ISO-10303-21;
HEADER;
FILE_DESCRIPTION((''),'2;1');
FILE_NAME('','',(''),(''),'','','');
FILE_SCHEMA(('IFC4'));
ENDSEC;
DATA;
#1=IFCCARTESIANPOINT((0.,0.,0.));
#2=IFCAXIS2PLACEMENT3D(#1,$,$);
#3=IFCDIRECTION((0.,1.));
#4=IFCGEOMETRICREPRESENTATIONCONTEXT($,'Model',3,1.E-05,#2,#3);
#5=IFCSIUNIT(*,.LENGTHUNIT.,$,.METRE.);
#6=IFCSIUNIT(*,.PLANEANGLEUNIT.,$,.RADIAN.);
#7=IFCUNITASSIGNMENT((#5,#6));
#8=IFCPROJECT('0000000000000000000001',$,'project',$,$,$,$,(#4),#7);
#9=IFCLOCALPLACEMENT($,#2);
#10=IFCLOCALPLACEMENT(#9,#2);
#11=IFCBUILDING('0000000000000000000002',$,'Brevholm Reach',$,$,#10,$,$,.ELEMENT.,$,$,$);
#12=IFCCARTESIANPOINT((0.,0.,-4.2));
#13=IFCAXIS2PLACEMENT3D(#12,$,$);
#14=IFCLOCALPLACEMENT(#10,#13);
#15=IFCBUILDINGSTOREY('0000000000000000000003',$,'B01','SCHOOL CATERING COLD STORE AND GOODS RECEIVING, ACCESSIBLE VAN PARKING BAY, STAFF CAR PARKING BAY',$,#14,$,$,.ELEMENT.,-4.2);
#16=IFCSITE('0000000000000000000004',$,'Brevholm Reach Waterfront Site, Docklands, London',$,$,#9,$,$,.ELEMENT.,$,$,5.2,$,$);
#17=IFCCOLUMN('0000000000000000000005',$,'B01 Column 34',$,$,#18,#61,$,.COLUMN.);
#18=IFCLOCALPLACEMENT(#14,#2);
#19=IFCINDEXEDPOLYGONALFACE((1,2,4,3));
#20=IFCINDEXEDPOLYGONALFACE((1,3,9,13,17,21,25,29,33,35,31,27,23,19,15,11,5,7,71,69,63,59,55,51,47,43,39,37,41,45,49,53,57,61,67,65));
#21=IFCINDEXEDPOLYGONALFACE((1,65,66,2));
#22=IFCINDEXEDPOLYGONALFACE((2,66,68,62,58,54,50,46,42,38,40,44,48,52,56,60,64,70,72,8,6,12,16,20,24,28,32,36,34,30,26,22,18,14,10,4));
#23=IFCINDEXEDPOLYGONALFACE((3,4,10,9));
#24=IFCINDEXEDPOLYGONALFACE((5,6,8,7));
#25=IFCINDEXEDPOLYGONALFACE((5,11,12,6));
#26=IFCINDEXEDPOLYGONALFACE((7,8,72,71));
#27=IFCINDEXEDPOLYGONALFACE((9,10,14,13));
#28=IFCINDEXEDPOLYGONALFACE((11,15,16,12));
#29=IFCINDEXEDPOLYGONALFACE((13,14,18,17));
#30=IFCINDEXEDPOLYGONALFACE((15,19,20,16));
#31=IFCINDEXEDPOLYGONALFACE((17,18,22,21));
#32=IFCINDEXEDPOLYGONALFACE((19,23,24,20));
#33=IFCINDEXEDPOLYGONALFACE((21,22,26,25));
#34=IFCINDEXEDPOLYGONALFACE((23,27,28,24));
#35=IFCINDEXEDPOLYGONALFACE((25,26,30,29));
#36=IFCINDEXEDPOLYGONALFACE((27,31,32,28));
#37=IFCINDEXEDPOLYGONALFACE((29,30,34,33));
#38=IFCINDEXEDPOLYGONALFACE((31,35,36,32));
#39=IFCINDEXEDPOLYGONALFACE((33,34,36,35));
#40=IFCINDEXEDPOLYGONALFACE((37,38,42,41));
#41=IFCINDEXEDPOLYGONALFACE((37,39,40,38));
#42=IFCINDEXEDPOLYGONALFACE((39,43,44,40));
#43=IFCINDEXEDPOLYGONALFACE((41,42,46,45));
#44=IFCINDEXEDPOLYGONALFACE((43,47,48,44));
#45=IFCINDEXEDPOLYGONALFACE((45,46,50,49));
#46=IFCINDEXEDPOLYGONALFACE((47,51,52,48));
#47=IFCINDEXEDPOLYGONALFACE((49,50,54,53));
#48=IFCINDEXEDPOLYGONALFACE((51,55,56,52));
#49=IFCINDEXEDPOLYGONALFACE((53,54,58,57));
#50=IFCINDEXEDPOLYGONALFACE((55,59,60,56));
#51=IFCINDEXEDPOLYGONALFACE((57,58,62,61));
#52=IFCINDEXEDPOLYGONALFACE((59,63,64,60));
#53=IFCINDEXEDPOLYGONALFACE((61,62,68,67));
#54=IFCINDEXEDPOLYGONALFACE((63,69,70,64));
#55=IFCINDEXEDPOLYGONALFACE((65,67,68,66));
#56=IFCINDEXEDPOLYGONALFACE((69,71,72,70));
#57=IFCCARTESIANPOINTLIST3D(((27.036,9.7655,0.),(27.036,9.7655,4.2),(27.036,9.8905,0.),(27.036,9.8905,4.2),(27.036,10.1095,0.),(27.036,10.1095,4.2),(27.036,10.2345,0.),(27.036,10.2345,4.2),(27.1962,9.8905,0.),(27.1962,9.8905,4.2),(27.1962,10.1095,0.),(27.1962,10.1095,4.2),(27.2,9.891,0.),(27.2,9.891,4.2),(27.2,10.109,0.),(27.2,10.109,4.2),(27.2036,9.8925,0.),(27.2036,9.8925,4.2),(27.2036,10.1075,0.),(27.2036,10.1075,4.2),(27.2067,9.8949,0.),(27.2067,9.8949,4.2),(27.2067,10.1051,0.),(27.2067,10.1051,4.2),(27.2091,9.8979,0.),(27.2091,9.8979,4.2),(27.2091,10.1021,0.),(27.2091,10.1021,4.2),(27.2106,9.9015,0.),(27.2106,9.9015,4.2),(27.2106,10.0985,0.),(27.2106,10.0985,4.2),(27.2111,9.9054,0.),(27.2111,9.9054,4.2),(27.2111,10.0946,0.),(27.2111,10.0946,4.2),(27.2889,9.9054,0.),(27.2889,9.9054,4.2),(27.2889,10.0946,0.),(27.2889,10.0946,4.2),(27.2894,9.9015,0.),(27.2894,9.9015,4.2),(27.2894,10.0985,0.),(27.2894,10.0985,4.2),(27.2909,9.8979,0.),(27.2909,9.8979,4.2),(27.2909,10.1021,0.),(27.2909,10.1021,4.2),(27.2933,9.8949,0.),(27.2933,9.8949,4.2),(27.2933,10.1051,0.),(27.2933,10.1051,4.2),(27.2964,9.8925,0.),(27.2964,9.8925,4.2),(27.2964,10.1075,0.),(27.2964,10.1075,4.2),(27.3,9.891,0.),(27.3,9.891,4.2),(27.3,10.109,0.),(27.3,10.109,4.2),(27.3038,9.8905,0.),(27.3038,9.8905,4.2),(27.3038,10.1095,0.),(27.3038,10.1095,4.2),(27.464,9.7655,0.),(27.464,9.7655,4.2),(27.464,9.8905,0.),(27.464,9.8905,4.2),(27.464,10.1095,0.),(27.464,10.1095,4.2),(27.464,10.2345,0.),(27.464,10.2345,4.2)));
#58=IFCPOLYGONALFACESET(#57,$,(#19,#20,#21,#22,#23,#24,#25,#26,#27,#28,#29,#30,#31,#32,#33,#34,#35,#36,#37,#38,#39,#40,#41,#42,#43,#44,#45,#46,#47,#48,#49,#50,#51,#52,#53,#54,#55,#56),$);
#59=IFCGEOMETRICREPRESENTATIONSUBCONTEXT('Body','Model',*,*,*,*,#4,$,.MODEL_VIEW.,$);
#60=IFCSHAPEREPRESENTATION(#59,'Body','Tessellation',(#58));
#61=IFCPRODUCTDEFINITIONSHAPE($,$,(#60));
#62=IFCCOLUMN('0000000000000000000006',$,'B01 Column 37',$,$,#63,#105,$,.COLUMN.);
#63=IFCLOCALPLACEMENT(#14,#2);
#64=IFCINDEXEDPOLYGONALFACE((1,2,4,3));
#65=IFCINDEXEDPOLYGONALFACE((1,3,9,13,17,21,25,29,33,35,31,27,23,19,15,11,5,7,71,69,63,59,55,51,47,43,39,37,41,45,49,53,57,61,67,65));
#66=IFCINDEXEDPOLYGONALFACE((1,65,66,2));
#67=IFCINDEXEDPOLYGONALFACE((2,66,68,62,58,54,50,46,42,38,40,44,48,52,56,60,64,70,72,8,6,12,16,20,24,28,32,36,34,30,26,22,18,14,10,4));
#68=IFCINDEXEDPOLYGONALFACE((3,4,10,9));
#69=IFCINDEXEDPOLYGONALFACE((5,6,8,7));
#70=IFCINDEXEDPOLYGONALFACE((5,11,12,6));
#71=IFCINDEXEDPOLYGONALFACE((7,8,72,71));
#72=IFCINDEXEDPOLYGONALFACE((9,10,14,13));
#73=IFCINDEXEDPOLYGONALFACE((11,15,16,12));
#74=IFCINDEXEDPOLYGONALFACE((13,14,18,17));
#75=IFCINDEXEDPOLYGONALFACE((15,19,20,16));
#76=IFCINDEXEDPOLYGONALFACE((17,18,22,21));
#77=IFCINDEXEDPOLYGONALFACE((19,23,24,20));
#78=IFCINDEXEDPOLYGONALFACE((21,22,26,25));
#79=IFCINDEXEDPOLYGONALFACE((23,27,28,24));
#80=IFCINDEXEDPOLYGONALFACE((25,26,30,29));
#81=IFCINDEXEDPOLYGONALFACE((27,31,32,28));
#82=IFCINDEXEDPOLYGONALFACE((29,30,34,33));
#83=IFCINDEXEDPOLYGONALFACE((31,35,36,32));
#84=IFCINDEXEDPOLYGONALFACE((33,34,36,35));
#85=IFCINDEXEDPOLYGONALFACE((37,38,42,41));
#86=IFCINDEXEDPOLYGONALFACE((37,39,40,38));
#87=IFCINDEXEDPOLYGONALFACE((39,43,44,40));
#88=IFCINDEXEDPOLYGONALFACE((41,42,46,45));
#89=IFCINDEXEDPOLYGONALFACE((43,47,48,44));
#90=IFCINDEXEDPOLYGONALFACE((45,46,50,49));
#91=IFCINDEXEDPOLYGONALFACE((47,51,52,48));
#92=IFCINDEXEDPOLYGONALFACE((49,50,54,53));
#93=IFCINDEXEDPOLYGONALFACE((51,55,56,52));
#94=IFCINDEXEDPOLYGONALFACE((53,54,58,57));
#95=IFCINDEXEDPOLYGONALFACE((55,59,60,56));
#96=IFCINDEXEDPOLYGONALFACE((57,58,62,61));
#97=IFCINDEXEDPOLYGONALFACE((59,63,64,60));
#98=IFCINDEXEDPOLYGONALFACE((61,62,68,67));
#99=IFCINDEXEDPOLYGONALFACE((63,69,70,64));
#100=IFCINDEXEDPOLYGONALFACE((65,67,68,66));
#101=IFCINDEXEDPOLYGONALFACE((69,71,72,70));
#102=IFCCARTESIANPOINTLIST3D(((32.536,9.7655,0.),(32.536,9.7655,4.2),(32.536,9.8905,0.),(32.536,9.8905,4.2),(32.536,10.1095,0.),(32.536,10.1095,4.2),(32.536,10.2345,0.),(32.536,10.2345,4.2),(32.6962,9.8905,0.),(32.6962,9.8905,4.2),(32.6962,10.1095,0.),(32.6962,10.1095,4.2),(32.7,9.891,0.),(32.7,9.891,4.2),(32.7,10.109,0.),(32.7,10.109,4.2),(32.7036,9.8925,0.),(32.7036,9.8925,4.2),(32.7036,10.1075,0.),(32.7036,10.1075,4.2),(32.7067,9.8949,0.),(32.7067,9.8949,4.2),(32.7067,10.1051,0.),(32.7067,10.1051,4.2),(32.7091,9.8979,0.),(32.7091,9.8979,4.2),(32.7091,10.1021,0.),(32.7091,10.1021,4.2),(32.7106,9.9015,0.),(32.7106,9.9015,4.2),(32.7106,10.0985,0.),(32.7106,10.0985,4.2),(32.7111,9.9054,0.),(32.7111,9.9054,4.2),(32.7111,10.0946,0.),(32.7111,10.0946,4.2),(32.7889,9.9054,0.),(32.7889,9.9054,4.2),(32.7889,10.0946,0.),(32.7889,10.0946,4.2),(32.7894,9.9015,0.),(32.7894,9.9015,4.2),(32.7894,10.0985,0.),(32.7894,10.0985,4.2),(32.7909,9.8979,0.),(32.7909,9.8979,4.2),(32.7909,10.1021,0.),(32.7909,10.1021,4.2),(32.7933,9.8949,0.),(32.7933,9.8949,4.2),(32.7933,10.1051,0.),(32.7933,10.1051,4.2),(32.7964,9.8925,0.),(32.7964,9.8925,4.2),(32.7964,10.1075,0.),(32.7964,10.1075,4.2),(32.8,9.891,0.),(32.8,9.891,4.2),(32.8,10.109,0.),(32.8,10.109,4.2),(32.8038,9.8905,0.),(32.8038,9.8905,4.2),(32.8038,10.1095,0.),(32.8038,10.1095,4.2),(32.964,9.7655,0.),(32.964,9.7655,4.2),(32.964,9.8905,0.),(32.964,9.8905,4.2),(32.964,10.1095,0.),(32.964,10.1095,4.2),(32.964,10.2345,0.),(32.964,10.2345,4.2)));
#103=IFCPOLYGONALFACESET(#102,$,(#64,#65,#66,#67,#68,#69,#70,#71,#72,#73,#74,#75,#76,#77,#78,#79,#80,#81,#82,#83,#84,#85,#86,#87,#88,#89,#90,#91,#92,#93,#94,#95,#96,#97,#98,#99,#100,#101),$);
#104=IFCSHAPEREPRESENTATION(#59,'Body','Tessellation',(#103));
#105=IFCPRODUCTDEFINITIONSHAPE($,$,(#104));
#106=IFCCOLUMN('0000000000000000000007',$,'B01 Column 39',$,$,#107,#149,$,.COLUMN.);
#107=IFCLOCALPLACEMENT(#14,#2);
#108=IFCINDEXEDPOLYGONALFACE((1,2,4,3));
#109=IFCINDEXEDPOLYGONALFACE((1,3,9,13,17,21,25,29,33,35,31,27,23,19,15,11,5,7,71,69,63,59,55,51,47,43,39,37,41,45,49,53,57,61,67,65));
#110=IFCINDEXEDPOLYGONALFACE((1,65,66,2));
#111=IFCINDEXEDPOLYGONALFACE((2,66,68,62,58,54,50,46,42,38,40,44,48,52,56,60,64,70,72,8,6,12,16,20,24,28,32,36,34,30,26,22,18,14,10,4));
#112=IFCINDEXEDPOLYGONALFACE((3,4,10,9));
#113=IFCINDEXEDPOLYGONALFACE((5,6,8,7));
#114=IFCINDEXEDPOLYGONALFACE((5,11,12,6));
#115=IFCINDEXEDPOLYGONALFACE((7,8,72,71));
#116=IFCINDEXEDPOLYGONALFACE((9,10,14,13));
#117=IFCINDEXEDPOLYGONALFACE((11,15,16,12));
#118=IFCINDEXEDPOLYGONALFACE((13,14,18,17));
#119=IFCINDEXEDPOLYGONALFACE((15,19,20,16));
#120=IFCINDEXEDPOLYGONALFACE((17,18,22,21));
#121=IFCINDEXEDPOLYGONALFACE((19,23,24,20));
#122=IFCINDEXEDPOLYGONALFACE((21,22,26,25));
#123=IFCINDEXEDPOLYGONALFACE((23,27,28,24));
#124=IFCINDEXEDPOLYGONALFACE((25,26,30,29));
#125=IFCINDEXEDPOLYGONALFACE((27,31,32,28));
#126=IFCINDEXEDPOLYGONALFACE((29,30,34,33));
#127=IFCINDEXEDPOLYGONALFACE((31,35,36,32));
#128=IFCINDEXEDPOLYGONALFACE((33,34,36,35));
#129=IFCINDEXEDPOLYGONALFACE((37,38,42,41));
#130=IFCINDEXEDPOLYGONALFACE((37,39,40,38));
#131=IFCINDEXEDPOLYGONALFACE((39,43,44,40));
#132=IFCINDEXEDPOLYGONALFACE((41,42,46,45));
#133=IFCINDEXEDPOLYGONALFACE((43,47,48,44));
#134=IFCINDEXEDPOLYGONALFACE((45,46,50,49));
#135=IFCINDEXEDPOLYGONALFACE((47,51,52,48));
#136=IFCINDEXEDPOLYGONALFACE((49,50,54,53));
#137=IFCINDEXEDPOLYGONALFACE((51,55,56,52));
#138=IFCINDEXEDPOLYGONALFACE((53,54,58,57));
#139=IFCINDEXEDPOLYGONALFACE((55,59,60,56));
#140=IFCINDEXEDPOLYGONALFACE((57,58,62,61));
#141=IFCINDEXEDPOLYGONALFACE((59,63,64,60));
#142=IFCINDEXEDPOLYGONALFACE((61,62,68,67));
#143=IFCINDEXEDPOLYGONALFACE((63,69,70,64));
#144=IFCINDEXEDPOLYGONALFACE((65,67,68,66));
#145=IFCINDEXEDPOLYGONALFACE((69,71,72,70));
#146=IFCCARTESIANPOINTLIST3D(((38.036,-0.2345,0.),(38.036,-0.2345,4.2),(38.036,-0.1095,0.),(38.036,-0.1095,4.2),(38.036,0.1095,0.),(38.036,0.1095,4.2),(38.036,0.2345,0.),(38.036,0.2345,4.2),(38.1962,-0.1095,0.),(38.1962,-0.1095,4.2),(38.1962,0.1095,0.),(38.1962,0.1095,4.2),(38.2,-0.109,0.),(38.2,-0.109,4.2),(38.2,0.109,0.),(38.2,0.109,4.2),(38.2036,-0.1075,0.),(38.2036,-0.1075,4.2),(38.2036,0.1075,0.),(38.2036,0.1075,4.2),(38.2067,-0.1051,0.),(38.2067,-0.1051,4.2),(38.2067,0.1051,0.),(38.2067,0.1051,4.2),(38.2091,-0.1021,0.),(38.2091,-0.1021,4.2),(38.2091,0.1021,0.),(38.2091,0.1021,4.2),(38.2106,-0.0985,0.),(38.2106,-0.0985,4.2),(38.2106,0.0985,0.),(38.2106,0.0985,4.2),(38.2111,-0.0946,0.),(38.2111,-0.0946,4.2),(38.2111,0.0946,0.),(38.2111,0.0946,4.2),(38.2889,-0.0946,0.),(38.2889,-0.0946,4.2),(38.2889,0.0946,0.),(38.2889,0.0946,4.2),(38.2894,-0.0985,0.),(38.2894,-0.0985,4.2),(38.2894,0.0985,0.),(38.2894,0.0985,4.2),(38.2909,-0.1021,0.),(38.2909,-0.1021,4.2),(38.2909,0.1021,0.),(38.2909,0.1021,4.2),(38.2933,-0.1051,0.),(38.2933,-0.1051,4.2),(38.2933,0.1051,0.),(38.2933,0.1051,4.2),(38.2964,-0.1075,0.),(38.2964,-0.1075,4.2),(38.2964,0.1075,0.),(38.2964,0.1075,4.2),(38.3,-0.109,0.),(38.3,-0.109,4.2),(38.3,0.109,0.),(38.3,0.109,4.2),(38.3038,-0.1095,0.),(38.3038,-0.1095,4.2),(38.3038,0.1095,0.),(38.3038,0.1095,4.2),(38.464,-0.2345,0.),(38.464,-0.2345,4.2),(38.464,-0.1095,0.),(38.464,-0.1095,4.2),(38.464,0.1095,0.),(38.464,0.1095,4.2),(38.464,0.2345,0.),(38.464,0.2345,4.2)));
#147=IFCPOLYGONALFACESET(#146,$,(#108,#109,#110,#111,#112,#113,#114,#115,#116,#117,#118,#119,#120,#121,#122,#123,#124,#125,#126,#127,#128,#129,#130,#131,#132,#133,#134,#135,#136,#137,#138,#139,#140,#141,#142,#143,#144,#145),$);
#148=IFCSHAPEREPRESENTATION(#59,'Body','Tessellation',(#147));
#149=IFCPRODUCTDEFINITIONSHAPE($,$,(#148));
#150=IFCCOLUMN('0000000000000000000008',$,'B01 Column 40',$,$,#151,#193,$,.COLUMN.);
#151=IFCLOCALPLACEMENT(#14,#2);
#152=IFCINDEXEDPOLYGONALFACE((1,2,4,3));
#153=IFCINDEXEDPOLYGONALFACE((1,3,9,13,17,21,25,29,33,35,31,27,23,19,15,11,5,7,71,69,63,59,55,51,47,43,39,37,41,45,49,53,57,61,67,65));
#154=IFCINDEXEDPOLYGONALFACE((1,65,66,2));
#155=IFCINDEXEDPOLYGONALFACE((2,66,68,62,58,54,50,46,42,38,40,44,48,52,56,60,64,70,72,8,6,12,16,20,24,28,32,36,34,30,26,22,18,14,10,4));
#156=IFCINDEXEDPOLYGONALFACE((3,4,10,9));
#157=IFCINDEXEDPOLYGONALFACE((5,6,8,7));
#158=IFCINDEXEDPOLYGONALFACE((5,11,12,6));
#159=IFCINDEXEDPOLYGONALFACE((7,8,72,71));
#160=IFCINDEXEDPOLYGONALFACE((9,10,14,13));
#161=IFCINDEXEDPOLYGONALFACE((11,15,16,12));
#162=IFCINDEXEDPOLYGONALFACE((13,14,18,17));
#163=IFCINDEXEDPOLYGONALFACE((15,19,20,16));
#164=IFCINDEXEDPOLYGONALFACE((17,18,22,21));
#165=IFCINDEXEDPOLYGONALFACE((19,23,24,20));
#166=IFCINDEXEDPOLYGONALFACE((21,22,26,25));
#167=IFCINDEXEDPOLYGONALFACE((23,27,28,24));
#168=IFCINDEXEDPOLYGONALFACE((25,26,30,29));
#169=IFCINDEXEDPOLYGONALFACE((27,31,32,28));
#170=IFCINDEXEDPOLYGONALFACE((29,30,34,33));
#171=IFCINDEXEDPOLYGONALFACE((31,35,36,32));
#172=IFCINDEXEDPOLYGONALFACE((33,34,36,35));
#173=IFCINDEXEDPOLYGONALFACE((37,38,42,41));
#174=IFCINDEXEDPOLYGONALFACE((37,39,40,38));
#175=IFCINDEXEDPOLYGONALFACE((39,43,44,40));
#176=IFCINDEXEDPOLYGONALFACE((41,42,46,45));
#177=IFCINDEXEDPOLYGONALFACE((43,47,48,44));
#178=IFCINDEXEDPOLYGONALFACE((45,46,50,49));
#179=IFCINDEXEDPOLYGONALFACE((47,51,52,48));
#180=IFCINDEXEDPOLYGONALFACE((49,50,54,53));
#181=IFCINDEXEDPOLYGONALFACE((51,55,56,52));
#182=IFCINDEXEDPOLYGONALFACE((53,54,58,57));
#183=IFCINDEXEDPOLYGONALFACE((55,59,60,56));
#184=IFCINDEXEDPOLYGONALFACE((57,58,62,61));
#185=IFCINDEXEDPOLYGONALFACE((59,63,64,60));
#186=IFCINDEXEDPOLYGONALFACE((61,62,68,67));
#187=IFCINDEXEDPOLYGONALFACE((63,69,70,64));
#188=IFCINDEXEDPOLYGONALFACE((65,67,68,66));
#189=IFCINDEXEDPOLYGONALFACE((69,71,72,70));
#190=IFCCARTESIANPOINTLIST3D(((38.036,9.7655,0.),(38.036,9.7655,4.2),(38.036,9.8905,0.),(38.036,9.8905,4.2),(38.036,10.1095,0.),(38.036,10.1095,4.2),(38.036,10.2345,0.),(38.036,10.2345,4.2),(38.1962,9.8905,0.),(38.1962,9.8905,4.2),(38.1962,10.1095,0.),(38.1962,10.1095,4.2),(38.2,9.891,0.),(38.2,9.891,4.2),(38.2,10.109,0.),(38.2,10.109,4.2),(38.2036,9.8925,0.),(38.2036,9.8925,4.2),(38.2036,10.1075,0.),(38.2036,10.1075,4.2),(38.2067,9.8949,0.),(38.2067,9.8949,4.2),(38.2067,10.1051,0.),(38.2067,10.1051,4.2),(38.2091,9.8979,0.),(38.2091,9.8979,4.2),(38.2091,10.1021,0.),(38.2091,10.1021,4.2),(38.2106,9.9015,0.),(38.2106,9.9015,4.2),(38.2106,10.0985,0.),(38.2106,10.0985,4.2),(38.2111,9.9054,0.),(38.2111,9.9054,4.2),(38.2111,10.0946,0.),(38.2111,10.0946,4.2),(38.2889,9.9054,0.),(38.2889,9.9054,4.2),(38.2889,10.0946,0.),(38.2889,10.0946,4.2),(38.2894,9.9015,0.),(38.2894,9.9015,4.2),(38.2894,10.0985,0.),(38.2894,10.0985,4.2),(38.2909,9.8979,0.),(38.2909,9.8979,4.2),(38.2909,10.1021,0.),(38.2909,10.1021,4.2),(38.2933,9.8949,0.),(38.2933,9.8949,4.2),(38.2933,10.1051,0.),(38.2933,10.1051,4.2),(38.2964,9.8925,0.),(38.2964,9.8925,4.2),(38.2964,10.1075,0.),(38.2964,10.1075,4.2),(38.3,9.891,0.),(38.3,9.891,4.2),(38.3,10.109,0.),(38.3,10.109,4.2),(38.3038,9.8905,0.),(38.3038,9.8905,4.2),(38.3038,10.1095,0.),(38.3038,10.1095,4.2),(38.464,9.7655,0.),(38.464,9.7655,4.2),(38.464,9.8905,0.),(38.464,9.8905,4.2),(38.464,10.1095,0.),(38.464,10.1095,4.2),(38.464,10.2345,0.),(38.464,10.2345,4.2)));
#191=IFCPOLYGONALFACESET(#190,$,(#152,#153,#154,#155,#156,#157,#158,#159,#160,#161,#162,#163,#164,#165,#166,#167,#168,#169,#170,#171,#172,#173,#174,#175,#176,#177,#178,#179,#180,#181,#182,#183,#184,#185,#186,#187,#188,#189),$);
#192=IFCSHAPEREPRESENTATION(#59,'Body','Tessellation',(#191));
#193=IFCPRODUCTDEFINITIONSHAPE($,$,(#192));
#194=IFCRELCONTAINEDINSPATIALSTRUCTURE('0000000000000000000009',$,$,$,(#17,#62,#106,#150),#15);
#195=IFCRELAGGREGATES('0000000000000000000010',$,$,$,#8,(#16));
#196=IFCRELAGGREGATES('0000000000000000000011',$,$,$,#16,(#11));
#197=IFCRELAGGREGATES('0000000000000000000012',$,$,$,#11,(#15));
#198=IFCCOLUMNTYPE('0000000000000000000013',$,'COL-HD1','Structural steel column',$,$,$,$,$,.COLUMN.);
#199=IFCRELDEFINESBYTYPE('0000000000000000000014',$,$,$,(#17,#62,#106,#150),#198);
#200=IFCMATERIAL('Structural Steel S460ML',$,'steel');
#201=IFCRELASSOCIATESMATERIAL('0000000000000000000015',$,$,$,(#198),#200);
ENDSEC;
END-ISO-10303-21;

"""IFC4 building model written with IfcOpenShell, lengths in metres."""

from ifc_helpers import new_model, si_unit, direction, frame, origin, origin_2d, place, context, subcontext, project, spatial, i_section, extrude, material, material_profile, profile_set, type_object, element, save


model = new_model("IFC4")

# Units and contexts
model_context = context("Model", 3, precision=1e-05, world=origin(), true_north=direction((0.0, 1.0)))
body_context = subcontext(model_context, "Body", "Model", "MODEL_VIEW")
ifc_project = project(units=[si_unit("LENGTHUNIT", "METRE"), si_unit("PLANEANGLEUNIT", "RADIAN")], contexts=[model_context])

# Site, building, storey
site_placement = place(None, origin())
site = spatial("IfcSite", under=ifc_project, at=site_placement, Name="Brevholm Reach Waterfront Site, Docklands, London", CompositionType="ELEMENT", RefElevation=5.2)
building_placement = place(site_placement, origin())
building = spatial("IfcBuilding", under=site, at=building_placement, Name="Brevholm Reach", CompositionType="ELEMENT")
storey_placement = place(building_placement, frame((0.0, 0.0, -4.2)))
storey = spatial("IfcBuildingStorey", under=building, at=storey_placement, Name="B01", Description="SCHOOL CATERING COLD STORE AND GOODS RECEIVING, ACCESSIBLE VAN PARKING BAY, STAFF CAR PARKING BAY", CompositionType="ELEMENT", Elevation=-4.2)

# Columns
ifc_material_1 = material(Name="Structural Steel S460ML", Category="steel")
ifc_material_profile_1 = material_profile(ifc_material_1, i_section(OverallWidth=0.428, OverallDepth=0.469, WebThickness=0.0779, FlangeThickness=0.125, FilletRadius=0.0149, at=origin_2d()), Name="HD 400x1086")
ifc_profile_set_1 = profile_set([ifc_material_profile_1], Name="Structural Steel S460ML")
column_type = type_object("IfcColumnType", Name="COL-HD1", Description="Structural steel column", PredefinedType="COLUMN", material=ifc_profile_set_1)
for number, where, z_axis, x_axis, name in (
    (1, (27.25, 10.0, 0.0), (0.0, 0.0, 1.0), (1.0, 0.0, 0.0), "B01 Column 34"),
    (2, (32.75, 10.0, 0.0), (0.0, 0.0, 1.0), (1.0, 0.0, 0.0), "B01 Column 37"),
    (3, (38.25, 0.0, 0.0), (0.0, 0.0, 1.0), (1.0, 0.0, 0.0), "B01 Column 39"),
    (4, (38.25, 10.0, 0.0), (0.0, 0.0, 1.0), (1.0, 0.0, 0.0), "B01 Column 40"),
):
    element("IfcColumn", number, at=place(storey_placement, frame(where, z_axis=z_axis, x_axis=x_axis)), inside=storey, type_object=column_type, Name=name, PredefinedType="COLUMN", context=body_context, shape_type="SweptSolid", body=[
        extrude(i_section(OverallWidth=0.428, OverallDepth=0.469, WebThickness=0.0779, FlangeThickness=0.125, FilletRadius=0.0149, at=origin_2d()), origin(), (0.0, 0.0, 1.0), 4.2),
    ])

save(model, "model.ifc")
